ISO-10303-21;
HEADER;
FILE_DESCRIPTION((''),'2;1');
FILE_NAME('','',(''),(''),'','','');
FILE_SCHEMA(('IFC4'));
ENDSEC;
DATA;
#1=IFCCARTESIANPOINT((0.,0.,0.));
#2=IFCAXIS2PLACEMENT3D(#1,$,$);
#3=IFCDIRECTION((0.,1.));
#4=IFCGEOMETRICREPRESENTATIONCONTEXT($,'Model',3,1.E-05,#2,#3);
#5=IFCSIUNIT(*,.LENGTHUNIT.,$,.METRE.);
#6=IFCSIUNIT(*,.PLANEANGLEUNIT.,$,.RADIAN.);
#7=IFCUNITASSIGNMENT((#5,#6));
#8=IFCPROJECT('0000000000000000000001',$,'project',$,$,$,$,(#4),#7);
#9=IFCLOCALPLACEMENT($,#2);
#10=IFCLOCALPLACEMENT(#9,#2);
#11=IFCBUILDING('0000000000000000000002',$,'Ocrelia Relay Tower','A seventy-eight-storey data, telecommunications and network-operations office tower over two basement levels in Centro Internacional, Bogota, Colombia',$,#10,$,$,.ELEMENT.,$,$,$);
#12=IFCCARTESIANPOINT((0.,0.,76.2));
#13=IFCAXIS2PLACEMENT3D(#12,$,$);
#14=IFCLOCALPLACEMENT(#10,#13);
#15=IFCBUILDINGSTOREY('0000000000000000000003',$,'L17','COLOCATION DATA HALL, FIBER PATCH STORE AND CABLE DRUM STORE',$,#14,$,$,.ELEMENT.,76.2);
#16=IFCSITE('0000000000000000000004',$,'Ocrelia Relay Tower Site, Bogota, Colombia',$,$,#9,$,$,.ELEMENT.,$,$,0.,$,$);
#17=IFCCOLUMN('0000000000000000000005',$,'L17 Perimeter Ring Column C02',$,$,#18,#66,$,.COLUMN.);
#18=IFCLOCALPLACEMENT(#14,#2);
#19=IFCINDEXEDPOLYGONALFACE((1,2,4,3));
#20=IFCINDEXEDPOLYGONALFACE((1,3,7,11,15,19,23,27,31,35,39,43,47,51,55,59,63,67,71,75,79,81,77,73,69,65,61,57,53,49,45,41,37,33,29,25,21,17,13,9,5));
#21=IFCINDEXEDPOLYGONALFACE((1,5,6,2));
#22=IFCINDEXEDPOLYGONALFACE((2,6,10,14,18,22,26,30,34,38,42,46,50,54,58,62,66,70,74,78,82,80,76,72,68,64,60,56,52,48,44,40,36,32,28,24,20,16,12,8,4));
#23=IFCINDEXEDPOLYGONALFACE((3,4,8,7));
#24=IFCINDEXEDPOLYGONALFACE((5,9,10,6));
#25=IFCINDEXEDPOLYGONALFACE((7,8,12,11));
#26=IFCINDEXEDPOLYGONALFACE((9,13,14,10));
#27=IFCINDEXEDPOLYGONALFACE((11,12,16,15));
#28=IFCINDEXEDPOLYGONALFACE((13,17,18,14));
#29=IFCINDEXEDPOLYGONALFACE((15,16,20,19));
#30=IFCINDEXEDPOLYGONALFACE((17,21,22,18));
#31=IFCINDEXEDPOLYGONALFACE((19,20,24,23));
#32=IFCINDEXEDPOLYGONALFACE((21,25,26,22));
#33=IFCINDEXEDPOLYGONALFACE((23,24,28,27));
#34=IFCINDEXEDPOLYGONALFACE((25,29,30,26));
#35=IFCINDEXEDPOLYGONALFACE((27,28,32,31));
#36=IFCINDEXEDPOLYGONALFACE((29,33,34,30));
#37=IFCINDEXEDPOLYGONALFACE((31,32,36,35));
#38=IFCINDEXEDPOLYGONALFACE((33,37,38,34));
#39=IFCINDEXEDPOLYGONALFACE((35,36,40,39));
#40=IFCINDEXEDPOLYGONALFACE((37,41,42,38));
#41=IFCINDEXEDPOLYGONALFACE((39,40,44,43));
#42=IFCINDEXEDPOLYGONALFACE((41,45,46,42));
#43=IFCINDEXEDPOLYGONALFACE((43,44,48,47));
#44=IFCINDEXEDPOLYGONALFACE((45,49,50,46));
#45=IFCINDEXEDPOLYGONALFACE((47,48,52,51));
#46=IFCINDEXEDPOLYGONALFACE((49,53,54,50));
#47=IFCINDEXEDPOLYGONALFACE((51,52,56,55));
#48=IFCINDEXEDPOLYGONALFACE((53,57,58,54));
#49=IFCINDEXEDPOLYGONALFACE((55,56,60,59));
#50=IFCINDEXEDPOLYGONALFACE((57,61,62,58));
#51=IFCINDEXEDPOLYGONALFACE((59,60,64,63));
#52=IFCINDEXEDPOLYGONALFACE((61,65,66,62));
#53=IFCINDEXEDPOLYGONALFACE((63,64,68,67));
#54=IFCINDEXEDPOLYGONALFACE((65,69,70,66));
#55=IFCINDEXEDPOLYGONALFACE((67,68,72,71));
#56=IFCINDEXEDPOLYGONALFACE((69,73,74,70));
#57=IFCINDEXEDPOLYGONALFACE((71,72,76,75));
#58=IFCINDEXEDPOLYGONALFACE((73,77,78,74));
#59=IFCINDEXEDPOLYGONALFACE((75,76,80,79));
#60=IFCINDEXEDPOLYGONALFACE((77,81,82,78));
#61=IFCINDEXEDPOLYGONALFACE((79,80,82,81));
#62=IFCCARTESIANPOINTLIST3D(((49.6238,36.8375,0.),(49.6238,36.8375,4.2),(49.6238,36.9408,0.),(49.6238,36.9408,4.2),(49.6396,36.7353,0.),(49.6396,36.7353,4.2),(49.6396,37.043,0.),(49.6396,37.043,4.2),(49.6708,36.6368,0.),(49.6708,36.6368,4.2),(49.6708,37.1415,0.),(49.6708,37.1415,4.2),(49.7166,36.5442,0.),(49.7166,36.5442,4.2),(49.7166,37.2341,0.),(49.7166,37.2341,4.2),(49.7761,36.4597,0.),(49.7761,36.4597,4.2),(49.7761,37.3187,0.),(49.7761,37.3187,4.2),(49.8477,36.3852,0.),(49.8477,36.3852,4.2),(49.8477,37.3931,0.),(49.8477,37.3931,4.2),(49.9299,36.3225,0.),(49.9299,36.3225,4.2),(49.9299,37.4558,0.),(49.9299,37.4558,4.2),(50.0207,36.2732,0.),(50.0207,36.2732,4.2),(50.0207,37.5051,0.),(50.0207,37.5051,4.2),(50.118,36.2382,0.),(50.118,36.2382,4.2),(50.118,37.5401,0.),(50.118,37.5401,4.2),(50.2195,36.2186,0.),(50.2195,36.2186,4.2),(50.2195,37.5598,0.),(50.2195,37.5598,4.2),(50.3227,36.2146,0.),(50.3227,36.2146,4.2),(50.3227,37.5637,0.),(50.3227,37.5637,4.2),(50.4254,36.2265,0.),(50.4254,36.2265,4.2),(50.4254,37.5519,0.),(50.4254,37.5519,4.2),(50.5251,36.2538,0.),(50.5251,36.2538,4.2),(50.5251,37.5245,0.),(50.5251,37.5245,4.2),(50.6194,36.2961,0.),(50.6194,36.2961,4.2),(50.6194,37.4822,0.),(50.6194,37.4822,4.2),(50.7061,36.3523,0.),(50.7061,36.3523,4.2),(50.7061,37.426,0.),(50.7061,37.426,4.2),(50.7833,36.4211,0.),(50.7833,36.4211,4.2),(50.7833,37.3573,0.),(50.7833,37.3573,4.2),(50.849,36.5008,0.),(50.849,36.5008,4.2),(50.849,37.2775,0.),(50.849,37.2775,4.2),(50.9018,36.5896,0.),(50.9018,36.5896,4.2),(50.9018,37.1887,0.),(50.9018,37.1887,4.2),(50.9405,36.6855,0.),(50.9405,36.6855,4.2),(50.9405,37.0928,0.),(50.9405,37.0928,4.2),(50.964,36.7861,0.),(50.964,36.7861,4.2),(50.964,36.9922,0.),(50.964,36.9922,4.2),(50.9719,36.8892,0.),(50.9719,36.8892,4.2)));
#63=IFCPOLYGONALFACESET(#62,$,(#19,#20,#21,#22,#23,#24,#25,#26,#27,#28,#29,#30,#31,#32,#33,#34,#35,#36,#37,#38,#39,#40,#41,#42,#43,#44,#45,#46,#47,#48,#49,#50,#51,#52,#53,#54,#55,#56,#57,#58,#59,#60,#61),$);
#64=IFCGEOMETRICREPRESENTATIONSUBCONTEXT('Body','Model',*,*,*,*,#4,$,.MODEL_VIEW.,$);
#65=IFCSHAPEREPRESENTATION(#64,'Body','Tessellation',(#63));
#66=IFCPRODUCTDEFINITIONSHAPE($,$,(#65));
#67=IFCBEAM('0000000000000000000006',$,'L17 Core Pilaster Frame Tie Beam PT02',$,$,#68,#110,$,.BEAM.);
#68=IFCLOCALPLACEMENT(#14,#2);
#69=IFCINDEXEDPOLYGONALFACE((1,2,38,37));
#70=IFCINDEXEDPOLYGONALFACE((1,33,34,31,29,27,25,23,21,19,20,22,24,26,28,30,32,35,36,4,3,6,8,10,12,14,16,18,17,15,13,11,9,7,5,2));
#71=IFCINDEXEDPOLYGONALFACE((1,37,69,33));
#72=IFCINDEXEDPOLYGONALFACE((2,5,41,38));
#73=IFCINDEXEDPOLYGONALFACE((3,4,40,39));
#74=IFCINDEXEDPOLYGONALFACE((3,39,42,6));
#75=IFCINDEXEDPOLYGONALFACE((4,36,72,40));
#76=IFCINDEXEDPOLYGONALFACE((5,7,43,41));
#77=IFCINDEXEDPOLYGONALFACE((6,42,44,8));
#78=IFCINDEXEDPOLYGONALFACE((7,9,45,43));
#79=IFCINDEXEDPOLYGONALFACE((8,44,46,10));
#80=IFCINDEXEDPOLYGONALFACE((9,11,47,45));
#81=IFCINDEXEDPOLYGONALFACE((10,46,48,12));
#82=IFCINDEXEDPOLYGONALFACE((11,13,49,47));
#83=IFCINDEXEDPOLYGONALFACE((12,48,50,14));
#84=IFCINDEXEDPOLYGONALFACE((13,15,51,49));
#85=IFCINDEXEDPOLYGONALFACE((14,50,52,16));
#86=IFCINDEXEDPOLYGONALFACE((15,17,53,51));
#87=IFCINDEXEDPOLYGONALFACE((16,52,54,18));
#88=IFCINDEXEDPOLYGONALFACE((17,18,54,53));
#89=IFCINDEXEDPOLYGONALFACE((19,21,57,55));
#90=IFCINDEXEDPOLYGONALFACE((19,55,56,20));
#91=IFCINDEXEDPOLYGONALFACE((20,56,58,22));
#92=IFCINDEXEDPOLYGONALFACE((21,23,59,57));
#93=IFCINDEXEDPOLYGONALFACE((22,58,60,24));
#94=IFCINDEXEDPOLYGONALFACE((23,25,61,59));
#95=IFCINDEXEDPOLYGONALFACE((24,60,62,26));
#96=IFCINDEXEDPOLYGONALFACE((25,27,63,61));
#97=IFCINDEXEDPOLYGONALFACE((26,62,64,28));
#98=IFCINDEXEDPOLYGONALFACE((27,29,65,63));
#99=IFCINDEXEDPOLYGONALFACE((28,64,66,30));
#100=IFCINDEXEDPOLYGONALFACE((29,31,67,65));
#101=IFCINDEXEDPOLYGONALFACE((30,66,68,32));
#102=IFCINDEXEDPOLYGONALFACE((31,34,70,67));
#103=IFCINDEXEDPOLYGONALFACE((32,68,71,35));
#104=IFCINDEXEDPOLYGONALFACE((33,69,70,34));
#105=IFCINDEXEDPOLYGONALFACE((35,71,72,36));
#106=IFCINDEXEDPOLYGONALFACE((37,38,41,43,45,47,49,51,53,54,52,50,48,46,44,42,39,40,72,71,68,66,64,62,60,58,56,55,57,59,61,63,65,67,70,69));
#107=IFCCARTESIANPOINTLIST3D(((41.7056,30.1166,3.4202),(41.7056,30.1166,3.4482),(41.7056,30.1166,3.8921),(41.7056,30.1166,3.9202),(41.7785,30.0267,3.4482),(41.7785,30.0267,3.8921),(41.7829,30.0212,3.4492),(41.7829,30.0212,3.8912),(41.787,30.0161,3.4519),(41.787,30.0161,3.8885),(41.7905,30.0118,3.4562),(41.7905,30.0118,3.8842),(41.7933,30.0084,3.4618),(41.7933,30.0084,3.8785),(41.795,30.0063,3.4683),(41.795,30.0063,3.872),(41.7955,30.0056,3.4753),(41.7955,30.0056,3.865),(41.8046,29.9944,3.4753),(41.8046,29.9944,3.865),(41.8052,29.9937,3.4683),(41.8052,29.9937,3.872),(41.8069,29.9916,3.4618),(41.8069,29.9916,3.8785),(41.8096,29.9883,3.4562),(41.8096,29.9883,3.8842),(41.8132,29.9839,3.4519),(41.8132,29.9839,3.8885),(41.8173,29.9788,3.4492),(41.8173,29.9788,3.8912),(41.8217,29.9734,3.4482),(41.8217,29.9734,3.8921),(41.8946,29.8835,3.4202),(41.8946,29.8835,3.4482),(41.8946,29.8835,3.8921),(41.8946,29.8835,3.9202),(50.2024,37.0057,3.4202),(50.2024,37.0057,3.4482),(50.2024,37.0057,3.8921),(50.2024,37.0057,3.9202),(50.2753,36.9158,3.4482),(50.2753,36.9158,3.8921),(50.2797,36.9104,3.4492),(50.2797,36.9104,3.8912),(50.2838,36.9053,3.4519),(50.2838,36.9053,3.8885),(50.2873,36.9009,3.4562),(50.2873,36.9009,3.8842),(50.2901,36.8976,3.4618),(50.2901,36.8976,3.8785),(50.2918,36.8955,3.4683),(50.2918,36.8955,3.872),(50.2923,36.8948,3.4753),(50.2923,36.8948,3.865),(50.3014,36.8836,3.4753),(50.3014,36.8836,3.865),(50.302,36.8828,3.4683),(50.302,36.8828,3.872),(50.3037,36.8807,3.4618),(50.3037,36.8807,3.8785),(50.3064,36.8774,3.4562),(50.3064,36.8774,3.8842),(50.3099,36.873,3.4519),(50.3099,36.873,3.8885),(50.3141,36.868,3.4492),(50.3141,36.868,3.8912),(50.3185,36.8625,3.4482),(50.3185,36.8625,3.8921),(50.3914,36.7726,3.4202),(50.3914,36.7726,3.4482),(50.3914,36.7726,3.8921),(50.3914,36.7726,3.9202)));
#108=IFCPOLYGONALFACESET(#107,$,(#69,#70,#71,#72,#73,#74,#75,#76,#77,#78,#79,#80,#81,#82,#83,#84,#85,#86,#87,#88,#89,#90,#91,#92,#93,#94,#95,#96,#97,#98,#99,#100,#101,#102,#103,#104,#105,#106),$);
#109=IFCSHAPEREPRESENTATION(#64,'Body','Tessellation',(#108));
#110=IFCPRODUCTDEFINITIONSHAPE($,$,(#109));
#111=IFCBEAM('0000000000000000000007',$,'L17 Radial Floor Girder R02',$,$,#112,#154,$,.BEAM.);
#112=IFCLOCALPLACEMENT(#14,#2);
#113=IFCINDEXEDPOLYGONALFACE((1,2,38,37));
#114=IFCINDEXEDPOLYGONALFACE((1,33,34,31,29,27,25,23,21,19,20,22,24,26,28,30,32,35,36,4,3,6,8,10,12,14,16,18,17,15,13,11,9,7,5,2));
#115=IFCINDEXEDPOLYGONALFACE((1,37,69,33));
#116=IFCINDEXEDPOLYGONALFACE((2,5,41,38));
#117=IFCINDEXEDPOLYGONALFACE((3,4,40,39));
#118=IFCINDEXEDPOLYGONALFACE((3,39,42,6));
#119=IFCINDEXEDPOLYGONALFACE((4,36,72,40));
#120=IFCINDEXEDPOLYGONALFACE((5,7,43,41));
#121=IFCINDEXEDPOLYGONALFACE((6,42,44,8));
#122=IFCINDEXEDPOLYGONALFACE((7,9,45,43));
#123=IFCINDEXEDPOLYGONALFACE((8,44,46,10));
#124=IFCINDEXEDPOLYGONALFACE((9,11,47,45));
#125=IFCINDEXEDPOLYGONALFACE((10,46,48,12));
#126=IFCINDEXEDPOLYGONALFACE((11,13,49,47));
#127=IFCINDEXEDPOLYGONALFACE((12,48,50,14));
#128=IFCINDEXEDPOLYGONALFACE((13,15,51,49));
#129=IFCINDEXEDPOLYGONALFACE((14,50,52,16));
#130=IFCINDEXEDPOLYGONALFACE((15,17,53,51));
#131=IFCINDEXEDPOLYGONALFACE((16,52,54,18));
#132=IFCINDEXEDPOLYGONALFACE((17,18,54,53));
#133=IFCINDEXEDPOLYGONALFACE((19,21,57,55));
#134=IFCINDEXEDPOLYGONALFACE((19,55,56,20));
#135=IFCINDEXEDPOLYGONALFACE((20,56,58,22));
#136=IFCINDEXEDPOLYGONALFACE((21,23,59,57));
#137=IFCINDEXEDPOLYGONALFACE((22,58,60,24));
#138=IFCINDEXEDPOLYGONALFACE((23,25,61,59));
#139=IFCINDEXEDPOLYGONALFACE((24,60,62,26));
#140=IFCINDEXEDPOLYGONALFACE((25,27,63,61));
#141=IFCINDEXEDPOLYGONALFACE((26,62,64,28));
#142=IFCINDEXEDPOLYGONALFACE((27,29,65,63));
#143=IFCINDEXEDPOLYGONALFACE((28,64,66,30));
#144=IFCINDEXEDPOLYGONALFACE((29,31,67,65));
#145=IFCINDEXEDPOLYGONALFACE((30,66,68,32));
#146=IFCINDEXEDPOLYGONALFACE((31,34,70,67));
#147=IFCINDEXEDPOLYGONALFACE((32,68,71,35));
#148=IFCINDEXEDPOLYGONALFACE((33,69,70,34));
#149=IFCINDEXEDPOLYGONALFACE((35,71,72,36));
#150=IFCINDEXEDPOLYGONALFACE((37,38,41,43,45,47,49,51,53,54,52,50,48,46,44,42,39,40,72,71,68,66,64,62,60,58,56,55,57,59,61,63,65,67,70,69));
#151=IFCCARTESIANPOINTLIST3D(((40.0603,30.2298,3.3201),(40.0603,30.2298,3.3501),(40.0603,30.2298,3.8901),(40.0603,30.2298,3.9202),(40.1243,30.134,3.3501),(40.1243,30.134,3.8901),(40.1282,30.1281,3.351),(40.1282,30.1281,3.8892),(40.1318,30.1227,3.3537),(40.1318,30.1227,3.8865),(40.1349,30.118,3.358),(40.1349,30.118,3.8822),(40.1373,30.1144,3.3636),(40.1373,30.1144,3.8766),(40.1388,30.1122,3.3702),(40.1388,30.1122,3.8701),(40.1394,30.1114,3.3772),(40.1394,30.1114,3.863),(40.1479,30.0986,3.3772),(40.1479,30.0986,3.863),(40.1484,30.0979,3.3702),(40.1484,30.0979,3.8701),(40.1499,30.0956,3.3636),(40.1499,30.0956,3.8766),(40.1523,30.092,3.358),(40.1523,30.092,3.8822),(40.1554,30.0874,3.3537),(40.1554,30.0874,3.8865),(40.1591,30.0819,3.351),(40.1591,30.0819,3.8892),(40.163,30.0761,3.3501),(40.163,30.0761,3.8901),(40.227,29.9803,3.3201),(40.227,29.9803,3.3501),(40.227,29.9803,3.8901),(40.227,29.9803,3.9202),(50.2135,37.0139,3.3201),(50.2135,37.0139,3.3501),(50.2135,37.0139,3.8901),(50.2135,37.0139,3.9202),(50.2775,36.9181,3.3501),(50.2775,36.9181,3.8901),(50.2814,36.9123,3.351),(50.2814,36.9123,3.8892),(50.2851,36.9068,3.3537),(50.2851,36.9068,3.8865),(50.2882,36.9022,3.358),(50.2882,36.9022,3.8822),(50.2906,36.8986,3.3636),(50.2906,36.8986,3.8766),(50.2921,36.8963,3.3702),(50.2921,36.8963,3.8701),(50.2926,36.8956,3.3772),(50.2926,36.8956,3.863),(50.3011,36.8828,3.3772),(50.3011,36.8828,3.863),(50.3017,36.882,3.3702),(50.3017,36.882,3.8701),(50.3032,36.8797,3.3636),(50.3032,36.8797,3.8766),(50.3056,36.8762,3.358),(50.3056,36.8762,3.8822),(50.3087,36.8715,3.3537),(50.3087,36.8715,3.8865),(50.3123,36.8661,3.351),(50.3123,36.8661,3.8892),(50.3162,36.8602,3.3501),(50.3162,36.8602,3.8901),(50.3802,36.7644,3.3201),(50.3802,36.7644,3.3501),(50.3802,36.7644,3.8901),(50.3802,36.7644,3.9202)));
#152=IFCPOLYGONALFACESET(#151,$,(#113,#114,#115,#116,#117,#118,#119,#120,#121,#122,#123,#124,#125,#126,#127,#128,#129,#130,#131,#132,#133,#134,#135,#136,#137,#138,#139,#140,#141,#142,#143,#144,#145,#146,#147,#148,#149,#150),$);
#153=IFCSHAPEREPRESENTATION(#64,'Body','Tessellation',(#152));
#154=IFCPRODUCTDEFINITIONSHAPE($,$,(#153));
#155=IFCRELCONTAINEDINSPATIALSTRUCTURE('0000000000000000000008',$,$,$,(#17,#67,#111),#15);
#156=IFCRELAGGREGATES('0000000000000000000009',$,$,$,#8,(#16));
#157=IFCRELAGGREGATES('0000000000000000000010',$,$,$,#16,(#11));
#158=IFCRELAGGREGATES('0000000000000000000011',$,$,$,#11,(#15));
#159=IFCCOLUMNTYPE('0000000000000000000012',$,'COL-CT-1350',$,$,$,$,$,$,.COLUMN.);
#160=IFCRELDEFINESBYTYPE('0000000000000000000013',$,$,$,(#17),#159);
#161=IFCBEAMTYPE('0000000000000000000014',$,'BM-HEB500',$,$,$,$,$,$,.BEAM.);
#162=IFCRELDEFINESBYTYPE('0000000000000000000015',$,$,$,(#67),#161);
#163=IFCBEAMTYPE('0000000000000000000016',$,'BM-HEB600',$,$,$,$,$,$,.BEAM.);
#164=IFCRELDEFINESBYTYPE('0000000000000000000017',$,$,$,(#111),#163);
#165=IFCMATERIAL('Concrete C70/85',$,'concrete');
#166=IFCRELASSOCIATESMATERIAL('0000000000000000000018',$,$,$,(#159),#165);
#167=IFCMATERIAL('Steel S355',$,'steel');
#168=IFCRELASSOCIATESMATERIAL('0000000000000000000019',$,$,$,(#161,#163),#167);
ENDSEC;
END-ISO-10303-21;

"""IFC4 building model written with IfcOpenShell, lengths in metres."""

from ifc_helpers import new_model, si_unit, direction, frame, origin, origin_2d, place, context, subcontext, project, spatial, circle, i_section, extrude, material, material_profile, profile_set, type_object, element, save


model = new_model("IFC4")

# Units and contexts
model_context = context("Model", 3, precision=1e-05, world=origin(), true_north=direction((0.0, 1.0)))
body_context = subcontext(model_context, "Body", "Model", "MODEL_VIEW")
ifc_project = project(units=[si_unit("LENGTHUNIT", "METRE"), si_unit("PLANEANGLEUNIT", "RADIAN")], contexts=[model_context])

# Site, building, storey
site_placement = place(None, origin())
site = spatial("IfcSite", under=ifc_project, at=site_placement, Name="Ocrelia Relay Tower Site, Bogota, Colombia", CompositionType="ELEMENT", RefElevation=0.0)
building_placement = place(site_placement, origin())
building = spatial("IfcBuilding", under=site, at=building_placement, Name="Ocrelia Relay Tower", Description="A seventy-eight-storey data, telecommunications and network-operations office tower over two basement levels in Centro Internacional, Bogota, Colombia", CompositionType="ELEMENT")
storey_placement = place(building_placement, frame((0.0, 0.0, 76.2)))
storey = spatial("IfcBuildingStorey", under=building, at=storey_placement, Name="L17", Description="COLOCATION DATA HALL, FIBER PATCH STORE AND CABLE DRUM STORE", CompositionType="ELEMENT", Elevation=76.2)

# Column
ifc_material_1 = material(Name="Concrete C70/85", Category="concrete")
ifc_material_profile_1 = material_profile(ifc_material_1, circle(Radius=0.675, at=origin_2d()), Name="RC-CIR-1350")
ifc_profile_set_1 = profile_set([ifc_material_profile_1], Name="Concrete C70/85")
column_type = type_object("IfcColumnType", Name="COL-CT-1350", PredefinedType="COLUMN", material=ifc_profile_set_1)
column_placement = place(storey_placement, frame((50.2969, 36.8892, 0.0), z_axis=(0.0, 0.0, 1.0), x_axis=(1.0, 0.0, 0.0)))
element("IfcColumn", 1, at=column_placement, inside=storey, type_object=column_type, Name="L17 Perimeter Ring Column C02", PredefinedType="COLUMN", context=body_context, shape_type="SweptSolid", body=[
    extrude(circle(Radius=0.675, at=origin_2d()), origin(), (0.0, 0.0, 1.0), 4.2),
])

# Beams
ifc_material_2 = material(Name="Steel S355", Category="steel")
ifc_material_profile_2 = material_profile(ifc_material_2, i_section(OverallWidth=0.3, OverallDepth=0.5, WebThickness=0.0144, FlangeThickness=0.0281, FilletRadius=0.0271, at=origin_2d()), Name="HEB 500")
ifc_profile_set_2 = profile_set([ifc_material_profile_2], Name="Steel S355")
beam_type_1 = type_object("IfcBeamType", Name="BM-HEB500", PredefinedType="BEAM", material=ifc_profile_set_2)
beam_1_placement = place(storey_placement, frame((50.2969, 36.8892, 3.6702), z_axis=(-0.776763, -0.629793, 0.0), x_axis=(0.629793, -0.776763, 0.0)))
element("IfcBeam", 2, at=beam_1_placement, inside=storey, type_object=beam_type_1, Name="L17 Core Pilaster Frame Tie Beam PT02", PredefinedType="BEAM", context=body_context, shape_type="SweptSolid", body=[
    extrude(i_section(OverallWidth=0.3, OverallDepth=0.5, WebThickness=0.0144, FlangeThickness=0.0281, FilletRadius=0.0271, at=origin_2d()), origin(), (0.0, 0.0, 1.0), 10.9387),
])
ifc_material_profile_3 = material_profile(ifc_material_2, i_section(OverallWidth=0.3, OverallDepth=0.6001, WebThickness=0.0154, FlangeThickness=0.03, FilletRadius=0.0271, at=origin_2d()), Name="HEB 600")
ifc_profile_set_3 = profile_set([ifc_material_profile_3], Name="Steel S355")
beam_type_2 = type_object("IfcBeamType", Name="BM-HEB600", PredefinedType="BEAM", material=ifc_profile_set_3)
beam_2_placement = place(storey_placement, frame((50.2969, 36.8892, 3.6201), z_axis=(-0.831472, -0.555567, 0.0), x_axis=(0.555567, -0.831472, 0.0)))
element("IfcBeam", 3, at=beam_2_placement, inside=storey, type_object=beam_type_2, Name="L17 Radial Floor Girder R02", PredefinedType="BEAM", context=body_context, shape_type="SweptSolid", body=[
    extrude(i_section(OverallWidth=0.3, OverallDepth=0.6001, WebThickness=0.0154, FlangeThickness=0.03, FilletRadius=0.0271, at=origin_2d()), origin(), (0.0, 0.0, 1.0), 12.2112),
])

save(model, "model.ifc")
